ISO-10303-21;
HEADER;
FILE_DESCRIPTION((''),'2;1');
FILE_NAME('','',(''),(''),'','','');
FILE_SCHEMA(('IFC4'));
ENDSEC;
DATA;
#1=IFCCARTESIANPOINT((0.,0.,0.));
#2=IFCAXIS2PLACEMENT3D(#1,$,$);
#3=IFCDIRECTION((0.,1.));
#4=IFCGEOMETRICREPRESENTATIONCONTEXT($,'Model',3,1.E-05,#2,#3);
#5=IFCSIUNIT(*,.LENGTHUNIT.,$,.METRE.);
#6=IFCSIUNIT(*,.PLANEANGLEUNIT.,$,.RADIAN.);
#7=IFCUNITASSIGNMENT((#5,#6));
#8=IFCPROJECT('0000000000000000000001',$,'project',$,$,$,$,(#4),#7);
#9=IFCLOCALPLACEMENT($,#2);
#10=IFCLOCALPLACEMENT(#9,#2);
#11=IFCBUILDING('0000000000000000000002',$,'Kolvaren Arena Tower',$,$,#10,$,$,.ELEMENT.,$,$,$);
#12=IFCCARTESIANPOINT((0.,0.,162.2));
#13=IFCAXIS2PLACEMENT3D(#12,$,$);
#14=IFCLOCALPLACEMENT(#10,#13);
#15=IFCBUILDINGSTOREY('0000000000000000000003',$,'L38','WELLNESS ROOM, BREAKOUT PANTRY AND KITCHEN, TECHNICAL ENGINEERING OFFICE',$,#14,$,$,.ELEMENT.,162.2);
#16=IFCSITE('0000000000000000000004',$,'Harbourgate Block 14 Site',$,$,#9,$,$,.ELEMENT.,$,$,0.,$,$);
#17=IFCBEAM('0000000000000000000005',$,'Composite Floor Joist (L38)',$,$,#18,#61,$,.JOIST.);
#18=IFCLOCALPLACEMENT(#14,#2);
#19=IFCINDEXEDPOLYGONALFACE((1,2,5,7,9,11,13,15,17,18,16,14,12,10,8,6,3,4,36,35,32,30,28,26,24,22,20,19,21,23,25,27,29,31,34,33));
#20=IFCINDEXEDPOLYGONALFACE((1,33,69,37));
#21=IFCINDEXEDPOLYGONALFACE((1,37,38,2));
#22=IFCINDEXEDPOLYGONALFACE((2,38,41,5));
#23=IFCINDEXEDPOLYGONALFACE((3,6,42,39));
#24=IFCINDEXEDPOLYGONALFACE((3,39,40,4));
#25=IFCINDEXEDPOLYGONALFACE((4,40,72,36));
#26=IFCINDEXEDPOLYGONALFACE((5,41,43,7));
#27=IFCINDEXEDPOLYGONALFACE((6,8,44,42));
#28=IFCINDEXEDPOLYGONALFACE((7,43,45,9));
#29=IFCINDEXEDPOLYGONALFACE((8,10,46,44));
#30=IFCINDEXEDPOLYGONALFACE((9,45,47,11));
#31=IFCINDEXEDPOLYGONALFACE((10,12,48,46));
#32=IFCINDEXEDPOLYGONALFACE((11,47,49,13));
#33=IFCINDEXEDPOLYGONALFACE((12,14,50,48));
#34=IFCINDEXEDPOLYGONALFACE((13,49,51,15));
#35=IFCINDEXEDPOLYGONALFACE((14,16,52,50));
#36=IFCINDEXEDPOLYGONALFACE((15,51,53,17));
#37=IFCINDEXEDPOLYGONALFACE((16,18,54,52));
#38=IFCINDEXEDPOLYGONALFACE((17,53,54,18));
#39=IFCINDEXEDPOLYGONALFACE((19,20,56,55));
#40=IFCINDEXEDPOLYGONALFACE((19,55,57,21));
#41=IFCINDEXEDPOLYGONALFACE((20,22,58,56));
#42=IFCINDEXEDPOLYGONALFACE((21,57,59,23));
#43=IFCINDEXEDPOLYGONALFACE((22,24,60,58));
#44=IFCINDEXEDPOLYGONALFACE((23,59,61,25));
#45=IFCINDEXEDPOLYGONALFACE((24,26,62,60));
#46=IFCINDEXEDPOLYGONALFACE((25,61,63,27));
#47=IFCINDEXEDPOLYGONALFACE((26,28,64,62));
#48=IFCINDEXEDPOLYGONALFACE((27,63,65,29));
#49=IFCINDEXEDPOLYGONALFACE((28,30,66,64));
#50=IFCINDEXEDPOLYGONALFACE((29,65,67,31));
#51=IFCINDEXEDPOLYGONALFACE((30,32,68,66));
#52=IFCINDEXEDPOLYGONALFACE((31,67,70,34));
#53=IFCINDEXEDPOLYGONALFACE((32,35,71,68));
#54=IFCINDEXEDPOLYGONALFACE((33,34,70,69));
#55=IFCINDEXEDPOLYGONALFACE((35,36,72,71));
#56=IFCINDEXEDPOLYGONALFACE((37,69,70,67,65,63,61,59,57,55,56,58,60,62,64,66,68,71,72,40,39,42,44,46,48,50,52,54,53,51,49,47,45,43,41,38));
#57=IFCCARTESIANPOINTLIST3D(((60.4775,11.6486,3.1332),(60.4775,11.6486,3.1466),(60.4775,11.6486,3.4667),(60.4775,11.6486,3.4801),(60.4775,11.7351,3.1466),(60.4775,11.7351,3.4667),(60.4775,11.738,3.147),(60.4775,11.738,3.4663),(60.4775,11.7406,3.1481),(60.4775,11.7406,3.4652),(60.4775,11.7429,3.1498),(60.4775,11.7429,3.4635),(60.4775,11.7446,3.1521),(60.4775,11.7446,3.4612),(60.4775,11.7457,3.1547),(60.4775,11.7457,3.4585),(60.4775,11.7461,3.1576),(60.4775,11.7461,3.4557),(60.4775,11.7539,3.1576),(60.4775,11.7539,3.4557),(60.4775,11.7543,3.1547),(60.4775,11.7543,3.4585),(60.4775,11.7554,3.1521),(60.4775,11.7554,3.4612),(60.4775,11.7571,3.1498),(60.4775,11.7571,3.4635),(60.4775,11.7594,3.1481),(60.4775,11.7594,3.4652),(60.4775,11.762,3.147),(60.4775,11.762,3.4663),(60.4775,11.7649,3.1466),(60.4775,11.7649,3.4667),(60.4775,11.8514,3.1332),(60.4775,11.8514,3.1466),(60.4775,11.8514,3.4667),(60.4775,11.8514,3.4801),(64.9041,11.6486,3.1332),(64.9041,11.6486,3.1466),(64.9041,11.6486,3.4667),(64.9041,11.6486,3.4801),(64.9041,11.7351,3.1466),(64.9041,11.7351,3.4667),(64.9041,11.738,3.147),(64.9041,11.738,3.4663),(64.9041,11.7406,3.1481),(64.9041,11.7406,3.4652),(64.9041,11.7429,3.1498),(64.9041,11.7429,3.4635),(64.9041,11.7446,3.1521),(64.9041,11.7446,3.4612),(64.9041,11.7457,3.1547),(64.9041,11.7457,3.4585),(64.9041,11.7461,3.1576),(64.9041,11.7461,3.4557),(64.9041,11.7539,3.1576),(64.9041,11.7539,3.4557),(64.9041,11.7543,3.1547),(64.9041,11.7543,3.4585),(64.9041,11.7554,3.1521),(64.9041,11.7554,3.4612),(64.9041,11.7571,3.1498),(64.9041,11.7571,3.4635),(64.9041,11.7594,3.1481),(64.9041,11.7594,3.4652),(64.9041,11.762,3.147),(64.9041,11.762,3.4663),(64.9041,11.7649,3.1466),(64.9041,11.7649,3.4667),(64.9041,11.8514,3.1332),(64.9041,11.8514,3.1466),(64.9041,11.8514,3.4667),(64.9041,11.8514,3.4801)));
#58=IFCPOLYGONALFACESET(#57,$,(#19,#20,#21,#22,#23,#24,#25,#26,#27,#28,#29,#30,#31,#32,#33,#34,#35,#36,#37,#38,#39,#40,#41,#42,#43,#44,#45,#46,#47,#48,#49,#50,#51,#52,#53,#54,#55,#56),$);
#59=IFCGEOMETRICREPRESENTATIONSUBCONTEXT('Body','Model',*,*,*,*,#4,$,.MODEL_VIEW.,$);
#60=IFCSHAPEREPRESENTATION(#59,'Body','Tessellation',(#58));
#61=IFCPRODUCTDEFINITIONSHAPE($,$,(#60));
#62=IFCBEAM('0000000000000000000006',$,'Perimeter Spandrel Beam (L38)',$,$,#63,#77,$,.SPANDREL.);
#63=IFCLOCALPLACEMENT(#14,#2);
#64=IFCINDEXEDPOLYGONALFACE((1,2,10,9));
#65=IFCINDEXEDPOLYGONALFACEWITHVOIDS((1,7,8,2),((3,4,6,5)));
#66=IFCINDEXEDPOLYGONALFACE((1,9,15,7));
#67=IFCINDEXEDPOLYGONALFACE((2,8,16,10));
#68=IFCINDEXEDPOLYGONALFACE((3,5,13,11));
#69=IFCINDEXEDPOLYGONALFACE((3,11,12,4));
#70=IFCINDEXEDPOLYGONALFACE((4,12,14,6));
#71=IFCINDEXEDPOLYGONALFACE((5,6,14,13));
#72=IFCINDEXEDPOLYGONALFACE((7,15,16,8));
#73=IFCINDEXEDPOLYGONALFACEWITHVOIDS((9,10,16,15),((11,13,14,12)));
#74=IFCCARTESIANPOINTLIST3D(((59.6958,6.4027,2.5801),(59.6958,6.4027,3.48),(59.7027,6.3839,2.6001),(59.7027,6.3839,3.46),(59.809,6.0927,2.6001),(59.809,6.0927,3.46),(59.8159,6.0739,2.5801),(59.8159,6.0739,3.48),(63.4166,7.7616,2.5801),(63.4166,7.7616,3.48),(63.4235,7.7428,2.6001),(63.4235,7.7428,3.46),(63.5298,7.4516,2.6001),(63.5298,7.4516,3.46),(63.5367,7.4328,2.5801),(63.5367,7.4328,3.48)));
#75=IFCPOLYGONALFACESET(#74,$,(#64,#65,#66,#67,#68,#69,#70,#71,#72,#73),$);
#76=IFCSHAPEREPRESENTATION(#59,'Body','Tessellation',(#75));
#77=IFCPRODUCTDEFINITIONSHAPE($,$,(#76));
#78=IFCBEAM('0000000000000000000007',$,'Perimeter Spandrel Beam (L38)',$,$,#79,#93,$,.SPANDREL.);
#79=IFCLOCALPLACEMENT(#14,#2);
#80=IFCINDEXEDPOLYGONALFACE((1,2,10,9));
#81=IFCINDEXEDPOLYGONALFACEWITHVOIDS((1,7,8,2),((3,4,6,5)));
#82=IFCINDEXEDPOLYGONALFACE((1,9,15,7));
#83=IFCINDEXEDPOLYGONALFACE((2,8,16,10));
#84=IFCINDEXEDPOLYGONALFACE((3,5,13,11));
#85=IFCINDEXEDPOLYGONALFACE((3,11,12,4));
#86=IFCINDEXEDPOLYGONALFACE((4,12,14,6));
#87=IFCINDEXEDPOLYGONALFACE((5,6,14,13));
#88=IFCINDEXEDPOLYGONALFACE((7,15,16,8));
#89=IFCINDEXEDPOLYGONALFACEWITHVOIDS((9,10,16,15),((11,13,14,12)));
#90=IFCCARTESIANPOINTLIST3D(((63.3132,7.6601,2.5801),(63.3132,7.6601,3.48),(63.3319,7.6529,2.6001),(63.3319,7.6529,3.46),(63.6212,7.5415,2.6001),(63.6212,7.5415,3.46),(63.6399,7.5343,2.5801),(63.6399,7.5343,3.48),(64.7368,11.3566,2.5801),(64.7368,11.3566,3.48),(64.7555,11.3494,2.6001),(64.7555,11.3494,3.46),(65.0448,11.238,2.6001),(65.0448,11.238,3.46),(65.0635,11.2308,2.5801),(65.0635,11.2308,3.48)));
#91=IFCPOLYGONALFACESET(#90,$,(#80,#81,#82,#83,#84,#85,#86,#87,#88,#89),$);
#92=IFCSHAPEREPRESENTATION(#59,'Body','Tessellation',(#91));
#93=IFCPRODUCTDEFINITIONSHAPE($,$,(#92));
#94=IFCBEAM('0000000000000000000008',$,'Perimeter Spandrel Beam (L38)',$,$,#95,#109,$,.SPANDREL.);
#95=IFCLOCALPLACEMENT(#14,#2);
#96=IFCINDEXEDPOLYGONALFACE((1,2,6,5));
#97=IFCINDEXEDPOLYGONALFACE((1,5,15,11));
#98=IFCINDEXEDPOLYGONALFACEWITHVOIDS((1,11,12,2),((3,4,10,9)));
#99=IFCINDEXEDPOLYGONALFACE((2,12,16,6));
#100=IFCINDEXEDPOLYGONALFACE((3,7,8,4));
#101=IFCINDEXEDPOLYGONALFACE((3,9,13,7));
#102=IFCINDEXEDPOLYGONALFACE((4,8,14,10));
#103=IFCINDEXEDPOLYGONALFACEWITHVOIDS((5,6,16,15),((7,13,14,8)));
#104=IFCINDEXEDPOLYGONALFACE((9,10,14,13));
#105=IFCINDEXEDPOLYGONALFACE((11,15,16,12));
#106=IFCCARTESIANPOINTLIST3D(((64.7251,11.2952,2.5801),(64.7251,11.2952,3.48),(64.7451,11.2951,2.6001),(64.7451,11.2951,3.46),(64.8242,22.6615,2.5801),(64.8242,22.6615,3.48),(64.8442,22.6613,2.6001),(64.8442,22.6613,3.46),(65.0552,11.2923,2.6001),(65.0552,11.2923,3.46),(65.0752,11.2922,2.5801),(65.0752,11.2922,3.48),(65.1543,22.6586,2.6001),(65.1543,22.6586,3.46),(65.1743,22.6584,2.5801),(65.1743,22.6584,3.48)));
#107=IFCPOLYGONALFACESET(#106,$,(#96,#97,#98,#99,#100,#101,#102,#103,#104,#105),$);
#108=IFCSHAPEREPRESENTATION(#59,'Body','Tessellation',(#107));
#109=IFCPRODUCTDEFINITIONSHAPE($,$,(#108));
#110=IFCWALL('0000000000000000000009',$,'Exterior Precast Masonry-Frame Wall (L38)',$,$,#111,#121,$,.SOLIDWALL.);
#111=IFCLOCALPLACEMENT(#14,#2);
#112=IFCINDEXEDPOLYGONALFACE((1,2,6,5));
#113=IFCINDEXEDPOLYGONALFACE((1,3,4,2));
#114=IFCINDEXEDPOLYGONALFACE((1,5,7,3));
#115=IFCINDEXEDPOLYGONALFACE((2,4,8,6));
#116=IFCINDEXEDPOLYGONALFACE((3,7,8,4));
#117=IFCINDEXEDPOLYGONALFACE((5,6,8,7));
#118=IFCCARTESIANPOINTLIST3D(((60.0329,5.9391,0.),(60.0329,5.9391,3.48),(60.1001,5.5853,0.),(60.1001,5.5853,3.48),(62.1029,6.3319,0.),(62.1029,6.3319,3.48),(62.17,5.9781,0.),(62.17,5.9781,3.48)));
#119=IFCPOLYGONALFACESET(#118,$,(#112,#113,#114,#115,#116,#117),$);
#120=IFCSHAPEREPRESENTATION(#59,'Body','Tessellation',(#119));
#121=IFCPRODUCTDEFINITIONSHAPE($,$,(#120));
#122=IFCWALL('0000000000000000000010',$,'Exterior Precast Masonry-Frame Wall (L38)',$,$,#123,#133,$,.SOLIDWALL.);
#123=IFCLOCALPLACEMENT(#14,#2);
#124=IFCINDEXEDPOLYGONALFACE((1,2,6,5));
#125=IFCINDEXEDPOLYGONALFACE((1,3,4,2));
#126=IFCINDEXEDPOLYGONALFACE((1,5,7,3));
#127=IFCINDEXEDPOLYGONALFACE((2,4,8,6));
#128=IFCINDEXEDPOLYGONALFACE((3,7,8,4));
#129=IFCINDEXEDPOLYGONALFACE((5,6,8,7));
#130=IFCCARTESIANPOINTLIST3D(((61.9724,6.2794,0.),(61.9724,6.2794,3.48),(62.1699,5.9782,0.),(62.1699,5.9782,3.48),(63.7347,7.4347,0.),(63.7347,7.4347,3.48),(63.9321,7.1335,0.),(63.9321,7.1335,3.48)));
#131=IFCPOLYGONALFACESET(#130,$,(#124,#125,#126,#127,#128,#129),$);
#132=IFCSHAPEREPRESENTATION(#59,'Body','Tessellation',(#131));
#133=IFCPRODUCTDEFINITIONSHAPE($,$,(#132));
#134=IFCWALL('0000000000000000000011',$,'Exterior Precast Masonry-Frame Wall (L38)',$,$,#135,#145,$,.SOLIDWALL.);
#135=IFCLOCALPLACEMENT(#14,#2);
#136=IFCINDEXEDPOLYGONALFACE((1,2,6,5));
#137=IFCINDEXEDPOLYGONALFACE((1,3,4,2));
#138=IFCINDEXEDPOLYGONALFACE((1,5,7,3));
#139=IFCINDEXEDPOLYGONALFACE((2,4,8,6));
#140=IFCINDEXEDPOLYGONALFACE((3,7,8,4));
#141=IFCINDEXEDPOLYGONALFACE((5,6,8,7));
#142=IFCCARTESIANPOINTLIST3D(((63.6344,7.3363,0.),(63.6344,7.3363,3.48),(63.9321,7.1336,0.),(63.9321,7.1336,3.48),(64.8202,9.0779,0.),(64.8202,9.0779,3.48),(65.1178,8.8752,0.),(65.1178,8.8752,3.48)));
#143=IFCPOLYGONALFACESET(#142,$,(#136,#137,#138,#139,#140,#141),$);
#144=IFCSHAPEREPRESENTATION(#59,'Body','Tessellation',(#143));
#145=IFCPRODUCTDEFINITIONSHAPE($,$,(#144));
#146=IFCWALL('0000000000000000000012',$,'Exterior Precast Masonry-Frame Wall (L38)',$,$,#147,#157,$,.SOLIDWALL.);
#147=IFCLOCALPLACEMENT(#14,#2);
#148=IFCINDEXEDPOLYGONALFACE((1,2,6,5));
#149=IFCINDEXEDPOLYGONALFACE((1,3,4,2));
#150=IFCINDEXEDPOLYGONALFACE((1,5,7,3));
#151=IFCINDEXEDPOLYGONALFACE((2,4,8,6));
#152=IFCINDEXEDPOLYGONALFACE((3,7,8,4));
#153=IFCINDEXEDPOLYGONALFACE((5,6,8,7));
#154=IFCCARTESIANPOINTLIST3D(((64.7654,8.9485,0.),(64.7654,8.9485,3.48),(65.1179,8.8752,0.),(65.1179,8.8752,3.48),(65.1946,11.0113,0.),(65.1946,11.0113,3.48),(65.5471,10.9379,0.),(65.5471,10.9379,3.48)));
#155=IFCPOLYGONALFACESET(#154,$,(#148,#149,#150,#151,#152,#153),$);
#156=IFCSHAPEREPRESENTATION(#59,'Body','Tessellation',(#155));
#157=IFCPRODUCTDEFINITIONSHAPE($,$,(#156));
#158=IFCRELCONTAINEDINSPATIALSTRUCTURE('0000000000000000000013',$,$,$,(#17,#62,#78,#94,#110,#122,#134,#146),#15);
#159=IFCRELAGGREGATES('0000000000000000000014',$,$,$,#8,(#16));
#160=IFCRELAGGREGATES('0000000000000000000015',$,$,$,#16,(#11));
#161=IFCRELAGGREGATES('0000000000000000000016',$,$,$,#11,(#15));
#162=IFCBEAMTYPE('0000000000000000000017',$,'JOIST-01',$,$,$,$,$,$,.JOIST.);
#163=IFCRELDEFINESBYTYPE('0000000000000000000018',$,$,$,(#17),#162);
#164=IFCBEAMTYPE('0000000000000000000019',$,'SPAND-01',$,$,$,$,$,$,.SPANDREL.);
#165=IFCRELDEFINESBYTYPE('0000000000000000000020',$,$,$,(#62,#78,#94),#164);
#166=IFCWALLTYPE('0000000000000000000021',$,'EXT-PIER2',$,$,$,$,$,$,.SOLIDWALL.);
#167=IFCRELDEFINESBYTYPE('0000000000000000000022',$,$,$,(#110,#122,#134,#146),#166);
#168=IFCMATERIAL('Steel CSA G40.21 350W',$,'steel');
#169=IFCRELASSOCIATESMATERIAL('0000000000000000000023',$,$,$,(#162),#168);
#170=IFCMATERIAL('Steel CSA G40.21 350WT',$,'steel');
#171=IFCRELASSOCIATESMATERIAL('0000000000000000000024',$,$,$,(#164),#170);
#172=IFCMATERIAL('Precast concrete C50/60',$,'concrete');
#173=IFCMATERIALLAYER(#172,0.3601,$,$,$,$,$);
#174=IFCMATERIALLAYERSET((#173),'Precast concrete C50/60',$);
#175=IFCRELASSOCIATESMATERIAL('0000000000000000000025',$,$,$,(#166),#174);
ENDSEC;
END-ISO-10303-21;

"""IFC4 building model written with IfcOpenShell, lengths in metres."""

from ifc_helpers import new_model, si_unit, direction, frame, frame_2d, origin, origin_2d, place, context, subcontext, project, spatial, rectangle, hollow_rectangle, i_section, extrude, material, layer, layer_set, material_profile, profile_set, type_object, element, save


model = new_model("IFC4")

# Units and contexts
model_context = context("Model", 3, precision=1e-05, world=origin(), true_north=direction((0.0, 1.0)))
body_context = subcontext(model_context, "Body", "Model", "MODEL_VIEW")
ifc_project = project(units=[si_unit("LENGTHUNIT", "METRE"), si_unit("PLANEANGLEUNIT", "RADIAN")], contexts=[model_context])

# Site, building, storey
site_placement = place(None, origin())
site = spatial("IfcSite", under=ifc_project, at=site_placement, Name="Harbourgate Block 14 Site", CompositionType="ELEMENT", RefElevation=0.0)
building_placement = place(site_placement, origin())
building = spatial("IfcBuilding", under=site, at=building_placement, Name="Kolvaren Arena Tower", CompositionType="ELEMENT")
storey_placement = place(building_placement, frame((0.0, 0.0, 162.2)))
storey = spatial("IfcBuildingStorey", under=building, at=storey_placement, Name="L38", Description="WELLNESS ROOM, BREAKOUT PANTRY AND KITCHEN, TECHNICAL ENGINEERING OFFICE", CompositionType="ELEMENT", Elevation=162.2)

# Beams
ifc_material_1 = material(Name="Steel CSA G40.21 350W", Category="steel")
ifc_material_profile_1 = material_profile(ifc_material_1, i_section(OverallWidth=0.2029, OverallDepth=0.3469, WebThickness=0.0078, FlangeThickness=0.0134, FilletRadius=0.011, at=origin_2d()), Name="W360x64")
ifc_profile_set_1 = profile_set([ifc_material_profile_1], Name="Steel CSA G40.21 350W")
beam_type_1 = type_object("IfcBeamType", Name="JOIST-01", PredefinedType="JOIST", material=ifc_profile_set_1)
beam_1_placement = place(storey_placement, frame((60.4775, 11.75, 3.3066), z_axis=(1.0, 0.0, 0.0), x_axis=(0.0, 1.0, 0.0)))
element("IfcBeam", 1, at=beam_1_placement, inside=storey, type_object=beam_type_1, Name="Composite Floor Joist (L38)", PredefinedType="JOIST", context=body_context, shape_type="SweptSolid", body=[
    extrude(i_section(OverallWidth=0.2029, OverallDepth=0.3469, WebThickness=0.0078, FlangeThickness=0.0134, FilletRadius=0.011, at=origin_2d()), origin(), (0.0, 0.0, 1.0), 4.4265),
])
ifc_material_2 = material(Name="Steel CSA G40.21 350WT", Category="steel")
ifc_material_profile_2 = material_profile(ifc_material_2, hollow_rectangle(XDim=0.3501, YDim=0.8999, WallThickness=0.02, at=origin_2d()), Name="HSS 900x350x20")
ifc_profile_set_2 = profile_set([ifc_material_profile_2], Name="Steel CSA G40.21 350WT")
beam_type_2 = type_object("IfcBeamType", Name="SPAND-01", PredefinedType="SPANDREL", material=ifc_profile_set_2)
for number, where, z_axis, x_axis, name in (
    (2, (59.7559, 6.2383, 3.03), (0.939314, 0.343059, 0.0), (-0.343059, 0.939314, 0.0), "Perimeter Spandrel Beam (L38)"),
    (3, (63.4766, 7.5972, 3.03), (0.359384, 0.93319, 0.0), (-0.93319, 0.359384, 0.0), "Perimeter Spandrel Beam (L38)"),
):
    element("IfcBeam", number, at=place(storey_placement, frame(where, z_axis=z_axis, x_axis=x_axis)), inside=storey, type_object=beam_type_2, Name=name, PredefinedType="SPANDREL", context=body_context, shape_type="SweptSolid", body=[
        extrude(hollow_rectangle(XDim=0.3501, YDim=0.8999, WallThickness=0.02, at=origin_2d()), origin(), (0.0, 0.0, 1.0), 3.9612),
    ])
beam_2_placement = place(storey_placement, frame((64.9001, 11.2937, 3.03), z_axis=(0.00872, 0.999962, 0.0), x_axis=(-0.999962, 0.00872, 0.0)))
element("IfcBeam", 4, at=beam_2_placement, inside=storey, type_object=beam_type_2, Name="Perimeter Spandrel Beam (L38)", PredefinedType="SPANDREL", context=body_context, shape_type="SweptSolid", body=[
    extrude(hollow_rectangle(XDim=0.3501, YDim=0.8999, WallThickness=0.02, at=origin_2d()), origin(), (0.0, 0.0, 1.0), 11.3667),
])

# Walls
ifc_material_3 = material(Name="Precast concrete C50/60", Category="concrete")
ifc_layer_1 = layer(ifc_material_3, 0.3601)
ifc_layer_set_1 = layer_set([ifc_layer_1], Name="Precast concrete C50/60")
wall_type_1 = type_object("IfcWallType", Name="EXT-PIER2", PredefinedType="SOLIDWALL", material=ifc_layer_set_1)
wall_1_placement = place(storey_placement, frame((62.1365, 6.155, 0.0), z_axis=(0.0, 0.0, 1.0), x_axis=(-0.982467, -0.186436, 0.0)))
element("IfcWall", 5, at=wall_1_placement, inside=storey, type_object=wall_type_1, Name="Exterior Precast Masonry-Frame Wall (L38)", PredefinedType="SOLIDWALL", context=body_context, shape_type="SweptSolid", body=[
    extrude(rectangle(XDim=2.1069, YDim=0.3601, at=frame_2d((1.0535, 0.0))), origin(), (0.0, 0.0, 1.0), 3.48),
])
wall_2_placement = place(storey_placement, frame((63.8335, 7.2842, 0.0), z_axis=(0.0, 0.0, 1.0), x_axis=(-0.836304, -0.548267, 0.0)))
element("IfcWall", 6, at=wall_2_placement, inside=storey, type_object=wall_type_1, Name="Exterior Precast Masonry-Frame Wall (L38)", PredefinedType="SOLIDWALL", context=body_context, shape_type="SweptSolid", body=[
    extrude(rectangle(XDim=2.1072, YDim=0.3601, at=frame_2d((1.0537, 0.0))), origin(), (0.0, 0.0, 1.0), 3.48),
])
for number, where, z_axis, x_axis, name in (
    (7, (64.969, 8.9766, 0.0), (0.0, 0.0, 1.0), (-0.562776, -0.82661, 0.0), "Exterior Precast Masonry-Frame Wall (L38)"),
    (8, (65.3708, 10.9746, 0.0), (0.0, 0.0, 1.0), (-0.203709, -0.979031, 0.0), "Exterior Precast Masonry-Frame Wall (L38)"),
):
    element("IfcWall", number, at=place(storey_placement, frame(where, z_axis=z_axis, x_axis=x_axis)), inside=storey, type_object=wall_type_1, Name=name, PredefinedType="SOLIDWALL", context=body_context, shape_type="SweptSolid", body=[
        extrude(rectangle(XDim=2.1069, YDim=0.3601, at=frame_2d((1.0535, 0.0))), origin(), (0.0, 0.0, 1.0), 3.48),
    ])

save(model, "model.ifc")
